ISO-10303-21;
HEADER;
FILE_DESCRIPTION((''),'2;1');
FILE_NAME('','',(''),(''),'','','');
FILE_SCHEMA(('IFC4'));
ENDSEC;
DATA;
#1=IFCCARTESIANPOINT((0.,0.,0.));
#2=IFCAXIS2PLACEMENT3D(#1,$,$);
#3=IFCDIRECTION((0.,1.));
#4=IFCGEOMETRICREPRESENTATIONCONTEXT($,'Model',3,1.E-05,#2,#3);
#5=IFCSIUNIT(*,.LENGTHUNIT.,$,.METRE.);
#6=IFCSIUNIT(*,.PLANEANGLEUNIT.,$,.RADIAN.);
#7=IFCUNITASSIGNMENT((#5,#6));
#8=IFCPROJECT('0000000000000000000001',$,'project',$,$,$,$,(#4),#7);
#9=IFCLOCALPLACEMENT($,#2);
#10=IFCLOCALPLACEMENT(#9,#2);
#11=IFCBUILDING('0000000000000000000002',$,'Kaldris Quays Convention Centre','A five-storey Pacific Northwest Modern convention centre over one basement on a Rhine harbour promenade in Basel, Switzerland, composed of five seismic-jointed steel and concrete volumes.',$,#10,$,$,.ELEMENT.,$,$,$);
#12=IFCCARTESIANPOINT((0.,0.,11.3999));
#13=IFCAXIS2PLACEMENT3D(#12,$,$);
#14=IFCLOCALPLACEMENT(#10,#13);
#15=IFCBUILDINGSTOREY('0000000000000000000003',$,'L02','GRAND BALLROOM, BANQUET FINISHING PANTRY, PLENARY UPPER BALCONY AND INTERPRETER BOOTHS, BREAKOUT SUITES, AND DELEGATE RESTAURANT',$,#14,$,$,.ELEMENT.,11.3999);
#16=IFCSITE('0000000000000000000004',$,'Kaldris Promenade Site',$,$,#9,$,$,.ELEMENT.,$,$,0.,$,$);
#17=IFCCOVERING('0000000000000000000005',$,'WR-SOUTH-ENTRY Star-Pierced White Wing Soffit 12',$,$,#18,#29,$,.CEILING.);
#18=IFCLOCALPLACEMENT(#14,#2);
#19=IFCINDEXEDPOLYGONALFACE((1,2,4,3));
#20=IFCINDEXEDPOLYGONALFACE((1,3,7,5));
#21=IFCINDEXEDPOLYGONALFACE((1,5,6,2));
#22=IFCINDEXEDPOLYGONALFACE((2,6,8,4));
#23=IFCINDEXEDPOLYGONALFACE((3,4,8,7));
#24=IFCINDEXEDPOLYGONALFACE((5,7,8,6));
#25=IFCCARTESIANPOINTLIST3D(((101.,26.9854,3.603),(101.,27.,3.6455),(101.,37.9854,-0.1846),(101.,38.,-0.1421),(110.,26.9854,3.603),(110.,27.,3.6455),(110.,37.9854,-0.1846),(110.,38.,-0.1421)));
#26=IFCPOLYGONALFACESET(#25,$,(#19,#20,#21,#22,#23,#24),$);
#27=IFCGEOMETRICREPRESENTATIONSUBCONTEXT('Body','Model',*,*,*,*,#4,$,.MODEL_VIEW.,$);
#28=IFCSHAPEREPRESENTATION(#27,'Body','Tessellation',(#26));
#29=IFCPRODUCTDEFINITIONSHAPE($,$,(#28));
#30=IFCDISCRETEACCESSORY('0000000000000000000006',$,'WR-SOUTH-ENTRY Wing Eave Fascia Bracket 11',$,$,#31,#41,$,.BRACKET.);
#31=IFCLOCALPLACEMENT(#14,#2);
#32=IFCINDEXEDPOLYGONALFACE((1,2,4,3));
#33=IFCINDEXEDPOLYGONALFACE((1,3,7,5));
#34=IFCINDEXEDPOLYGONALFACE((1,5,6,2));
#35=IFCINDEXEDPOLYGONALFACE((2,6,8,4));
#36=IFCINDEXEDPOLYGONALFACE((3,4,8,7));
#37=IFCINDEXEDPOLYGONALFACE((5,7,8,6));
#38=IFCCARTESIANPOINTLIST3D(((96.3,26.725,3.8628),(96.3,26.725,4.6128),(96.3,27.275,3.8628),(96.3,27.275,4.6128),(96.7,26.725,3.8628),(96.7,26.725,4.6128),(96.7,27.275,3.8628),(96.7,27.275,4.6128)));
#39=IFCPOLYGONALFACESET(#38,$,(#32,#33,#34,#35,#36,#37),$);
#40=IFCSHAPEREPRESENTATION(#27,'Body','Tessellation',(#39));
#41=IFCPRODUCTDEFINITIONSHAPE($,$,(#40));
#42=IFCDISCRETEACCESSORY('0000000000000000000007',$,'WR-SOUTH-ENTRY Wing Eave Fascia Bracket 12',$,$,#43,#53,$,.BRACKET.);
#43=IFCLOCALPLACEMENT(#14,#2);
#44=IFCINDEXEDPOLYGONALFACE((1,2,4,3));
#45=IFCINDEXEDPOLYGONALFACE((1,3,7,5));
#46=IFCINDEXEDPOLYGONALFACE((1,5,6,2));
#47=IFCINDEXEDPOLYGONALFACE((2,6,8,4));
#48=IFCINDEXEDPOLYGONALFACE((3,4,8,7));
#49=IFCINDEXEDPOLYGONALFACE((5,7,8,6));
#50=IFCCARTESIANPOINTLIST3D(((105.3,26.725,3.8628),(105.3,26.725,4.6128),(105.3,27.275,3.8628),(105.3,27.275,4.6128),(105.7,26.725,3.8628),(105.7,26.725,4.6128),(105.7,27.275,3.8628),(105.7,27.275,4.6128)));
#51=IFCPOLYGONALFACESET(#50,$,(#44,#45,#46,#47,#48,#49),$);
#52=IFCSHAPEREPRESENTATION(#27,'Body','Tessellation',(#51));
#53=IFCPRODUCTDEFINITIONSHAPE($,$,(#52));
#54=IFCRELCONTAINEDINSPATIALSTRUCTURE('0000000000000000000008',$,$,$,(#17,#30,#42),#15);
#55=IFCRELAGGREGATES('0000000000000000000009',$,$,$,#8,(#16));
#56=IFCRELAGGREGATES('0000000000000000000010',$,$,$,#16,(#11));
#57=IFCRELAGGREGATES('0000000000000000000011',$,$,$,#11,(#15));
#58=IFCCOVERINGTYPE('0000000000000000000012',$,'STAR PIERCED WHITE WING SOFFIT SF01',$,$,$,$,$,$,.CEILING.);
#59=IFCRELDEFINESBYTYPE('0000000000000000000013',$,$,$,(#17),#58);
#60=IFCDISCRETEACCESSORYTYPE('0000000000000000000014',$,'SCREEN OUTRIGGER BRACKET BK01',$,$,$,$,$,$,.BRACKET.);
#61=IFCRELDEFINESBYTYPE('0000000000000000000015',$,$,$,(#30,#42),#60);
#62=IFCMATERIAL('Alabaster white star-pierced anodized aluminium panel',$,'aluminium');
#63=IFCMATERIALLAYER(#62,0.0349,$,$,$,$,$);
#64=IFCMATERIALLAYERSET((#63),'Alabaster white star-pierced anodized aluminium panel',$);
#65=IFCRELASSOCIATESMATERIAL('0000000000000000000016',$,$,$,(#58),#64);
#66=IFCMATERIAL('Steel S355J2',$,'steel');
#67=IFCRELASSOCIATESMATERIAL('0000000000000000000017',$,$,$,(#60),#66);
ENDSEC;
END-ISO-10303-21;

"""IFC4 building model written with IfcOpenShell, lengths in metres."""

from ifc_helpers import new_model, si_unit, direction, frame, origin, origin_2d, place, context, subcontext, project, spatial, polyline, rectangle, outline, extrude, material, layer, layer_set, type_object, element, save


model = new_model("IFC4")

# Units and contexts
model_context = context("Model", 3, precision=1e-05, world=origin(), true_north=direction((0.0, 1.0)))
body_context = subcontext(model_context, "Body", "Model", "MODEL_VIEW")
ifc_project = project(units=[si_unit("LENGTHUNIT", "METRE"), si_unit("PLANEANGLEUNIT", "RADIAN")], contexts=[model_context])

# Site, building, storey
site_placement = place(None, origin())
site = spatial("IfcSite", under=ifc_project, at=site_placement, Name="Kaldris Promenade Site", CompositionType="ELEMENT", RefElevation=0.0)
building_placement = place(site_placement, origin())
building = spatial("IfcBuilding", under=site, at=building_placement, Name="Kaldris Quays Convention Centre", Description="A five-storey Pacific Northwest Modern convention centre over one basement on a Rhine harbour promenade in Basel, Switzerland, composed of five seismic-jointed steel and concrete volumes.", CompositionType="ELEMENT")
storey_placement = place(building_placement, frame((0.0, 0.0, 11.3999)))
storey = spatial("IfcBuildingStorey", under=building, at=storey_placement, Name="L02", Description="GRAND BALLROOM, BANQUET FINISHING PANTRY, PLENARY UPPER BALCONY AND INTERPRETER BOOTHS, BREAKOUT SUITES, AND DELEGATE RESTAURANT", CompositionType="ELEMENT", Elevation=11.3999)

# Shared definitions
ifc_material_1 = material(Name="Steel S355J2", Category="steel")

# Shared definitions
ifc_material_2 = material(Name="Alabaster white star-pierced anodized aluminium panel", Category="aluminium")

# Covering
ifc_layer_1 = layer(ifc_material_2, 0.0349)
ifc_layer_set_1 = layer_set([ifc_layer_1], Name="Alabaster white star-pierced anodized aluminium panel")
covering_type_1 = type_object("IfcCoveringType", Name="STAR PIERCED WHITE WING SOFFIT SF01", PredefinedType="CEILING", material=ifc_layer_set_1)
for number, where, z_axis, x_axis, name in (
    (1, (101.0, 27.0, 3.6455), (0.0, 0.325568, 0.945519), (1.0, 0.0, 0.0), "WR-SOUTH-ENTRY Star-Pierced White Wing Soffit 12"),
):
    element("IfcCovering", number, at=place(storey_placement, frame(where, z_axis=z_axis, x_axis=x_axis)), inside=storey, type_object=covering_type_1, Name=name, PredefinedType="CEILING", context=body_context, shape_type="SweptSolid", body=[
        extrude(outline(polyline([(0.0, 0.0), (9.0, 0.0), (9.0, 11.6338), (0.0, 11.6338), (0.0, 0.0)])), origin(), (0.0, 0.0, -1.0), 0.0449),
    ])

# Discrete accessories
discrete_accessory_type = type_object("IfcDiscreteAccessoryType", Name="SCREEN OUTRIGGER BRACKET BK01", PredefinedType="BRACKET", material=ifc_material_1)
for number, where, z_axis, x_axis, name in (
    (2, (96.5, 27.0, 3.8628), (0.0, 0.0, 1.0), (1.0, 0.0, 0.0), "WR-SOUTH-ENTRY Wing Eave Fascia Bracket 11"),
    (3, (105.5, 27.0, 3.8628), (0.0, 0.0, 1.0), (1.0, 0.0, 0.0), "WR-SOUTH-ENTRY Wing Eave Fascia Bracket 12"),
):
    element("IfcDiscreteAccessory", number, at=place(storey_placement, frame(where, z_axis=z_axis, x_axis=x_axis)), inside=storey, type_object=discrete_accessory_type, Name=name, PredefinedType="BRACKET", context=body_context, shape_type="SweptSolid", body=[
        extrude(rectangle(XDim=0.3999, YDim=0.55, at=origin_2d()), origin(), (0.0, 0.0, 1.0), 0.75),
    ])

save(model, "model.ifc")
